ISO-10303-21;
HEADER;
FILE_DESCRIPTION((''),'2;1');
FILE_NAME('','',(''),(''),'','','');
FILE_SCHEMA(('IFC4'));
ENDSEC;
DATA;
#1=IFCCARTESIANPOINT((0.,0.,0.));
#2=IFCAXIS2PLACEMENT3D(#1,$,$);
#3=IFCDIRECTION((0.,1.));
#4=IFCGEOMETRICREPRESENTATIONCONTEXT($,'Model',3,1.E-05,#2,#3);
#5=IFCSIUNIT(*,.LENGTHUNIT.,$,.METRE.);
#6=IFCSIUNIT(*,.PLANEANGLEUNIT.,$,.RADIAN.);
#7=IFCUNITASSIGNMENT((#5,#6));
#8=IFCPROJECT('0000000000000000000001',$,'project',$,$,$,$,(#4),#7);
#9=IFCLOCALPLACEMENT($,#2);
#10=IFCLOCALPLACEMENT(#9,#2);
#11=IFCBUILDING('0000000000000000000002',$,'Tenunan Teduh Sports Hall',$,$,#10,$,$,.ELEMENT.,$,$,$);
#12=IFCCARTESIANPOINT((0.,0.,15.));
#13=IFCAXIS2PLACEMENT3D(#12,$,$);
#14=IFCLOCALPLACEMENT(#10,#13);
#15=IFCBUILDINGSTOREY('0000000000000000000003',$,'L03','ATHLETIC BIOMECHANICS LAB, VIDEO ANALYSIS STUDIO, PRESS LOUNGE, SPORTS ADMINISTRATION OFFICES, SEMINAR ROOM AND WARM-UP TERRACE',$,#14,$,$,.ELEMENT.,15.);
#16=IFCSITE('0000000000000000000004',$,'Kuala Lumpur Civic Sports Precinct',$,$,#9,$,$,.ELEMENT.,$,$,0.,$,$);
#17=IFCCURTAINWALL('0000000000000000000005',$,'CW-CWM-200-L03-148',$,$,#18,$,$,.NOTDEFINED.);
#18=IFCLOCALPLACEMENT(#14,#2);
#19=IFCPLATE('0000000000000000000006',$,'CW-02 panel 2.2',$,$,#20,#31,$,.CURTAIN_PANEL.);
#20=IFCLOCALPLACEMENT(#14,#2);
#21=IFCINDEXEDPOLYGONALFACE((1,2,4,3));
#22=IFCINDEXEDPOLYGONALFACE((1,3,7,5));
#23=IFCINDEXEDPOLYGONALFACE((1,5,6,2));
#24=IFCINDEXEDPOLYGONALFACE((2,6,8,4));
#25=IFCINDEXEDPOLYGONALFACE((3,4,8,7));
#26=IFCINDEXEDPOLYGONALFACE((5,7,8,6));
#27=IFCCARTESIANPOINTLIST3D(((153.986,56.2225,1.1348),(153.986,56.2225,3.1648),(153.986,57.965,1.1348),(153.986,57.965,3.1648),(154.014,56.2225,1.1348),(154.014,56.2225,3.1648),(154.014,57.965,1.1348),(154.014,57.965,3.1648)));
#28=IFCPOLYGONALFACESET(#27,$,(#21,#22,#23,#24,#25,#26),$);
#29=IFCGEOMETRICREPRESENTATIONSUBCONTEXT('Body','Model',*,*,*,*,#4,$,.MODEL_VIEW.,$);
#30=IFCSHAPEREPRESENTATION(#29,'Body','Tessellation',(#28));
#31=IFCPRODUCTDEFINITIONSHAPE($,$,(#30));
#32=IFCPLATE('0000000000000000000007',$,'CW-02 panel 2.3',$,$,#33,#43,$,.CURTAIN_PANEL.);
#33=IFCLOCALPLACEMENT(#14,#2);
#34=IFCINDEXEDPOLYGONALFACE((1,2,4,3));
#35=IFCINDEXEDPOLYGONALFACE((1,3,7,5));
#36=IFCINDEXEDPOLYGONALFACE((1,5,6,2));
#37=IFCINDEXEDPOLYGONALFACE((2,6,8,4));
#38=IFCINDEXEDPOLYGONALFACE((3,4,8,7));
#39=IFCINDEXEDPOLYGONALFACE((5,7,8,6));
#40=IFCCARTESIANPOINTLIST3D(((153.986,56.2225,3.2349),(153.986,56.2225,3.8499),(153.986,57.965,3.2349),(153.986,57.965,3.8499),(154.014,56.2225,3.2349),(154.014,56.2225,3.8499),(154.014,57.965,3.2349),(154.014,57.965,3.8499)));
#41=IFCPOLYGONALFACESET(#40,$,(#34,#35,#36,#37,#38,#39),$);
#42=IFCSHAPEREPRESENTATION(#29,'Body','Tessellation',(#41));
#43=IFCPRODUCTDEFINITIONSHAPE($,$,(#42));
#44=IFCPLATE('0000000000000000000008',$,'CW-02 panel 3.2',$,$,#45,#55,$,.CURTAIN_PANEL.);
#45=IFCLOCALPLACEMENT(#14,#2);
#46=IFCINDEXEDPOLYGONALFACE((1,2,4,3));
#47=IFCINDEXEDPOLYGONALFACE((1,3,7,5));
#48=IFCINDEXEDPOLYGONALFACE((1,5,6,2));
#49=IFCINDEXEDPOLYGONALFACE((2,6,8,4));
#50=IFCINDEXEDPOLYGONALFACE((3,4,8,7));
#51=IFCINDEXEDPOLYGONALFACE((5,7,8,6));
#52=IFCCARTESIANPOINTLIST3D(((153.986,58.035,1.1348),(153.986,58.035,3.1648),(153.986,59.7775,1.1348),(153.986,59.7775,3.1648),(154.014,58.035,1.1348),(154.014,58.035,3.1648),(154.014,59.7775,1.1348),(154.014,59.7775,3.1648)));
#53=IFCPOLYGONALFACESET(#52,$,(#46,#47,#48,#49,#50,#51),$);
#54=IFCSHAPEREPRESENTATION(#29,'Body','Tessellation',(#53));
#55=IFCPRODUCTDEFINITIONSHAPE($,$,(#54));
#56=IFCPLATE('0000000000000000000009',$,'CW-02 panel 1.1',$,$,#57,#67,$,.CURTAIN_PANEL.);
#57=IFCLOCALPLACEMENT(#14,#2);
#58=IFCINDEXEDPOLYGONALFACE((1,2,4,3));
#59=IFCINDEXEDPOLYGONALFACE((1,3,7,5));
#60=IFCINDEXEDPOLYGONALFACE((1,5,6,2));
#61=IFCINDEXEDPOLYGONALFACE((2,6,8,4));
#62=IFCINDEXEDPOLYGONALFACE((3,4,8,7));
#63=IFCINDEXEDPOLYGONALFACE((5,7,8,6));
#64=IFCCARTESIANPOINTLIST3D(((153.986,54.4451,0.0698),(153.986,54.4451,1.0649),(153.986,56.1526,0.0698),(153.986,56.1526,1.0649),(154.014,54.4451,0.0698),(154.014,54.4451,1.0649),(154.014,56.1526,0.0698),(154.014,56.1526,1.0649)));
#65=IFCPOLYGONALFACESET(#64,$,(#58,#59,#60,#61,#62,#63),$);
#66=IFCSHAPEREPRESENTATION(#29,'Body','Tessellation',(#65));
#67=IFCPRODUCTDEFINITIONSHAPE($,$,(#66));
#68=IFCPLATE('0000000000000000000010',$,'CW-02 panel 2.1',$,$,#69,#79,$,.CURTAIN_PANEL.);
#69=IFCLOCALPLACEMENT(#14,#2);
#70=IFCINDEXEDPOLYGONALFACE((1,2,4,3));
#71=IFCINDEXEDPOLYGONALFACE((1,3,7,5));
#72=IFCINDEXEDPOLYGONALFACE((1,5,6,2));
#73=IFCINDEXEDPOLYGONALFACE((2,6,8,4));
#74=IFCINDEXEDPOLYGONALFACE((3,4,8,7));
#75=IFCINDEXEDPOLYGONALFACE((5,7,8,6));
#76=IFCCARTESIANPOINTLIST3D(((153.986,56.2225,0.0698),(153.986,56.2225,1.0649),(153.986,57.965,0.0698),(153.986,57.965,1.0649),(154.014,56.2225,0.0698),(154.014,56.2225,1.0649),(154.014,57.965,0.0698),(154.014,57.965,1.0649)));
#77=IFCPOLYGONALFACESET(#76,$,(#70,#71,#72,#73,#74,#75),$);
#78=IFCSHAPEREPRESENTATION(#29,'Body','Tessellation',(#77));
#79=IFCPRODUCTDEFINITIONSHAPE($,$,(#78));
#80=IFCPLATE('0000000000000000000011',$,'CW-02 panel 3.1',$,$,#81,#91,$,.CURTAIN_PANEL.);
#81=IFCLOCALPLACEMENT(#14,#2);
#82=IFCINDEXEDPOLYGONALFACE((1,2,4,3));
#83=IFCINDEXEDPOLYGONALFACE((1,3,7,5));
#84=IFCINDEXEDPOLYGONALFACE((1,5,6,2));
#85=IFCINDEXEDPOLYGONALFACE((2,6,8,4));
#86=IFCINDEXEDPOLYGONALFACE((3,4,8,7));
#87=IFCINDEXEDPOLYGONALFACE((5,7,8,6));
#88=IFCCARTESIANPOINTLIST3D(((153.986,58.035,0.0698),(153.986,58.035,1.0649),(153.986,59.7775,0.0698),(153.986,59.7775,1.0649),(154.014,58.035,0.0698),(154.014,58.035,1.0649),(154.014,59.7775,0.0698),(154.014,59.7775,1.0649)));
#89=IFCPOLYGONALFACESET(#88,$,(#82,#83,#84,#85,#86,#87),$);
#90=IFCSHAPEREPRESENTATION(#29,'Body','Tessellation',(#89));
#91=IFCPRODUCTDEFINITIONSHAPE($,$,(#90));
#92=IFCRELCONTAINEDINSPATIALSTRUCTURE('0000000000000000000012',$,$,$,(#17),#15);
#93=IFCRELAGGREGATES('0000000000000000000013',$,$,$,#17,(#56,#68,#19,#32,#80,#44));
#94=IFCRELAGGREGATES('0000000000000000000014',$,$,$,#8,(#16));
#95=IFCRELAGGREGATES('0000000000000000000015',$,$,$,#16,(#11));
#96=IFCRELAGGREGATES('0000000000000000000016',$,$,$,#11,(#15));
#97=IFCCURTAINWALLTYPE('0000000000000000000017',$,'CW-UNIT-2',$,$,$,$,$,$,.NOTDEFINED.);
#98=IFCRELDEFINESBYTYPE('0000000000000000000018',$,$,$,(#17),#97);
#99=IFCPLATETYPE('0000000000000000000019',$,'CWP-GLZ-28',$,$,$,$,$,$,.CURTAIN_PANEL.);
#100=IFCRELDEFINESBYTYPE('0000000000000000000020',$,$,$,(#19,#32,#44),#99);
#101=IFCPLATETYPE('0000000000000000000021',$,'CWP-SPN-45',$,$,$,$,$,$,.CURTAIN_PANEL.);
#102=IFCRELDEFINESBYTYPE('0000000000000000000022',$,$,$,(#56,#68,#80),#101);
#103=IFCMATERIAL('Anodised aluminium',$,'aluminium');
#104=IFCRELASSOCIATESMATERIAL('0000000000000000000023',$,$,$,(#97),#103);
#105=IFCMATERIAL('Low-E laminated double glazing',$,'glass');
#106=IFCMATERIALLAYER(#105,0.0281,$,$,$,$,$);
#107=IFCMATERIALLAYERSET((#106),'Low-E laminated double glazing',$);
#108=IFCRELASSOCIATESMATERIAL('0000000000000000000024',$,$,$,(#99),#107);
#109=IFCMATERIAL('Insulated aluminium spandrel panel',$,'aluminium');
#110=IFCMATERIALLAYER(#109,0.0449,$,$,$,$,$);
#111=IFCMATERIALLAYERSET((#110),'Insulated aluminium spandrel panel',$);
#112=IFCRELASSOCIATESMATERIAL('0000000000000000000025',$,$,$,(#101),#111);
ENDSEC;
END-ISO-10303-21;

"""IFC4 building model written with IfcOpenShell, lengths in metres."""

from ifc_helpers import new_model, si_unit, direction, frame, origin, origin_2d, place, context, subcontext, project, spatial, rectangle, extrude, material, layer, layer_set, type_object, element, aggregate, save


model = new_model("IFC4")

# Units and contexts
model_context = context("Model", 3, precision=1e-05, world=origin(), true_north=direction((0.0, 1.0)))
body_context = subcontext(model_context, "Body", "Model", "MODEL_VIEW")
ifc_project = project(units=[si_unit("LENGTHUNIT", "METRE"), si_unit("PLANEANGLEUNIT", "RADIAN")], contexts=[model_context])

# Site, building, storey
site_placement = place(None, origin())
site = spatial("IfcSite", under=ifc_project, at=site_placement, Name="Kuala Lumpur Civic Sports Precinct", CompositionType="ELEMENT", RefElevation=0.0)
building_placement = place(site_placement, origin())
building = spatial("IfcBuilding", under=site, at=building_placement, Name="Tenunan Teduh Sports Hall", CompositionType="ELEMENT")
storey_placement = place(building_placement, frame((0.0, 0.0, 15.0)))
storey = spatial("IfcBuildingStorey", under=building, at=storey_placement, Name="L03", Description="ATHLETIC BIOMECHANICS LAB, VIDEO ANALYSIS STUDIO, PRESS LOUNGE, SPORTS ADMINISTRATION OFFICES, SEMINAR ROOM AND WARM-UP TERRACE", CompositionType="ELEMENT", Elevation=15.0)

# Curtain wall, plates
ifc_material_1 = material(Name="Anodised aluminium", Category="aluminium")
curtain_wall_type = type_object("IfcCurtainWallType", Name="CW-UNIT-2", PredefinedType="NOTDEFINED", material=ifc_material_1)
curtain_wall_placement = place(storey_placement, origin())
curtain_wall = element("IfcCurtainWall", 1, at=curtain_wall_placement, inside=storey, type_object=curtain_wall_type, Name="CW-CWM-200-L03-148", PredefinedType="NOTDEFINED")
ifc_material_2 = material(Name="Low-E laminated double glazing", Category="glass")
ifc_layer_1 = layer(ifc_material_2, 0.0281)
ifc_layer_set_1 = layer_set([ifc_layer_1], Name="Low-E laminated double glazing")
plate_type_1 = type_object("IfcPlateType", Name="CWP-GLZ-28", PredefinedType="CURTAIN_PANEL", material=ifc_layer_set_1)
plate_1_placement = place(storey_placement, frame((154.0, 57.0938, 1.1348), z_axis=(0.0, 0.0, 1.0), x_axis=(0.0, 1.0, 0.0)))
plate_1 = element("IfcPlate", 2, at=plate_1_placement, type_object=plate_type_1, Name="CW-02 panel 2.2", PredefinedType="CURTAIN_PANEL", context=body_context, shape_type="SweptSolid", body=[
    extrude(rectangle(XDim=1.7424, YDim=0.0281, at=origin_2d()), origin(), (0.0, 0.0, 1.0), 2.03),
])
plate_2_placement = place(storey_placement, frame((154.0, 57.0938, 3.2349), z_axis=(0.0, 0.0, 1.0), x_axis=(0.0, 1.0, 0.0)))
plate_2 = element("IfcPlate", 3, at=plate_2_placement, type_object=plate_type_1, Name="CW-02 panel 2.3", PredefinedType="CURTAIN_PANEL", context=body_context, shape_type="SweptSolid", body=[
    extrude(rectangle(XDim=1.7424, YDim=0.0281, at=origin_2d()), origin(), (0.0, 0.0, 1.0), 0.615),
])
plate_3_placement = place(storey_placement, frame((154.0, 58.9062, 1.1348), z_axis=(0.0, 0.0, 1.0), x_axis=(0.0, 1.0, 0.0)))
plate_3 = element("IfcPlate", 4, at=plate_3_placement, type_object=plate_type_1, Name="CW-02 panel 3.2", PredefinedType="CURTAIN_PANEL", context=body_context, shape_type="SweptSolid", body=[
    extrude(rectangle(XDim=1.7424, YDim=0.0281, at=origin_2d()), origin(), (0.0, 0.0, 1.0), 2.03),
])
ifc_material_3 = material(Name="Insulated aluminium spandrel panel", Category="aluminium")
ifc_layer_2 = layer(ifc_material_3, 0.0449)
ifc_layer_set_2 = layer_set([ifc_layer_2], Name="Insulated aluminium spandrel panel")
plate_type_2 = type_object("IfcPlateType", Name="CWP-SPN-45", PredefinedType="CURTAIN_PANEL", material=ifc_layer_set_2)
plate_4_placement = place(storey_placement, frame((154.0, 55.2988, 0.0698), z_axis=(0.0, 0.0, 1.0), x_axis=(0.0, 1.0, 0.0)))
plate_4 = element("IfcPlate", 5, at=plate_4_placement, type_object=plate_type_2, Name="CW-02 panel 1.1", PredefinedType="CURTAIN_PANEL", context=body_context, shape_type="SweptSolid", body=[
    extrude(rectangle(XDim=1.7075, YDim=0.0281, at=origin_2d()), origin(), (0.0, 0.0, 1.0), 0.9951),
])
plate_5_placement = place(storey_placement, frame((154.0, 57.0938, 0.0698), z_axis=(0.0, 0.0, 1.0), x_axis=(0.0, 1.0, 0.0)))
plate_5 = element("IfcPlate", 6, at=plate_5_placement, type_object=plate_type_2, Name="CW-02 panel 2.1", PredefinedType="CURTAIN_PANEL", context=body_context, shape_type="SweptSolid", body=[
    extrude(rectangle(XDim=1.7424, YDim=0.0281, at=origin_2d()), origin(), (0.0, 0.0, 1.0), 0.9951),
])
plate_6_placement = place(storey_placement, frame((154.0, 58.9062, 0.0698), z_axis=(0.0, 0.0, 1.0), x_axis=(0.0, 1.0, 0.0)))
plate_6 = element("IfcPlate", 7, at=plate_6_placement, type_object=plate_type_2, Name="CW-02 panel 3.1", PredefinedType="CURTAIN_PANEL", context=body_context, shape_type="SweptSolid", body=[
    extrude(rectangle(XDim=1.7424, YDim=0.0281, at=origin_2d()), origin(), (0.0, 0.0, 1.0), 0.9951),
])
aggregate(curtain_wall, [plate_4, plate_5, plate_1, plate_2, plate_6, plate_3])

save(model, "model.ifc")
